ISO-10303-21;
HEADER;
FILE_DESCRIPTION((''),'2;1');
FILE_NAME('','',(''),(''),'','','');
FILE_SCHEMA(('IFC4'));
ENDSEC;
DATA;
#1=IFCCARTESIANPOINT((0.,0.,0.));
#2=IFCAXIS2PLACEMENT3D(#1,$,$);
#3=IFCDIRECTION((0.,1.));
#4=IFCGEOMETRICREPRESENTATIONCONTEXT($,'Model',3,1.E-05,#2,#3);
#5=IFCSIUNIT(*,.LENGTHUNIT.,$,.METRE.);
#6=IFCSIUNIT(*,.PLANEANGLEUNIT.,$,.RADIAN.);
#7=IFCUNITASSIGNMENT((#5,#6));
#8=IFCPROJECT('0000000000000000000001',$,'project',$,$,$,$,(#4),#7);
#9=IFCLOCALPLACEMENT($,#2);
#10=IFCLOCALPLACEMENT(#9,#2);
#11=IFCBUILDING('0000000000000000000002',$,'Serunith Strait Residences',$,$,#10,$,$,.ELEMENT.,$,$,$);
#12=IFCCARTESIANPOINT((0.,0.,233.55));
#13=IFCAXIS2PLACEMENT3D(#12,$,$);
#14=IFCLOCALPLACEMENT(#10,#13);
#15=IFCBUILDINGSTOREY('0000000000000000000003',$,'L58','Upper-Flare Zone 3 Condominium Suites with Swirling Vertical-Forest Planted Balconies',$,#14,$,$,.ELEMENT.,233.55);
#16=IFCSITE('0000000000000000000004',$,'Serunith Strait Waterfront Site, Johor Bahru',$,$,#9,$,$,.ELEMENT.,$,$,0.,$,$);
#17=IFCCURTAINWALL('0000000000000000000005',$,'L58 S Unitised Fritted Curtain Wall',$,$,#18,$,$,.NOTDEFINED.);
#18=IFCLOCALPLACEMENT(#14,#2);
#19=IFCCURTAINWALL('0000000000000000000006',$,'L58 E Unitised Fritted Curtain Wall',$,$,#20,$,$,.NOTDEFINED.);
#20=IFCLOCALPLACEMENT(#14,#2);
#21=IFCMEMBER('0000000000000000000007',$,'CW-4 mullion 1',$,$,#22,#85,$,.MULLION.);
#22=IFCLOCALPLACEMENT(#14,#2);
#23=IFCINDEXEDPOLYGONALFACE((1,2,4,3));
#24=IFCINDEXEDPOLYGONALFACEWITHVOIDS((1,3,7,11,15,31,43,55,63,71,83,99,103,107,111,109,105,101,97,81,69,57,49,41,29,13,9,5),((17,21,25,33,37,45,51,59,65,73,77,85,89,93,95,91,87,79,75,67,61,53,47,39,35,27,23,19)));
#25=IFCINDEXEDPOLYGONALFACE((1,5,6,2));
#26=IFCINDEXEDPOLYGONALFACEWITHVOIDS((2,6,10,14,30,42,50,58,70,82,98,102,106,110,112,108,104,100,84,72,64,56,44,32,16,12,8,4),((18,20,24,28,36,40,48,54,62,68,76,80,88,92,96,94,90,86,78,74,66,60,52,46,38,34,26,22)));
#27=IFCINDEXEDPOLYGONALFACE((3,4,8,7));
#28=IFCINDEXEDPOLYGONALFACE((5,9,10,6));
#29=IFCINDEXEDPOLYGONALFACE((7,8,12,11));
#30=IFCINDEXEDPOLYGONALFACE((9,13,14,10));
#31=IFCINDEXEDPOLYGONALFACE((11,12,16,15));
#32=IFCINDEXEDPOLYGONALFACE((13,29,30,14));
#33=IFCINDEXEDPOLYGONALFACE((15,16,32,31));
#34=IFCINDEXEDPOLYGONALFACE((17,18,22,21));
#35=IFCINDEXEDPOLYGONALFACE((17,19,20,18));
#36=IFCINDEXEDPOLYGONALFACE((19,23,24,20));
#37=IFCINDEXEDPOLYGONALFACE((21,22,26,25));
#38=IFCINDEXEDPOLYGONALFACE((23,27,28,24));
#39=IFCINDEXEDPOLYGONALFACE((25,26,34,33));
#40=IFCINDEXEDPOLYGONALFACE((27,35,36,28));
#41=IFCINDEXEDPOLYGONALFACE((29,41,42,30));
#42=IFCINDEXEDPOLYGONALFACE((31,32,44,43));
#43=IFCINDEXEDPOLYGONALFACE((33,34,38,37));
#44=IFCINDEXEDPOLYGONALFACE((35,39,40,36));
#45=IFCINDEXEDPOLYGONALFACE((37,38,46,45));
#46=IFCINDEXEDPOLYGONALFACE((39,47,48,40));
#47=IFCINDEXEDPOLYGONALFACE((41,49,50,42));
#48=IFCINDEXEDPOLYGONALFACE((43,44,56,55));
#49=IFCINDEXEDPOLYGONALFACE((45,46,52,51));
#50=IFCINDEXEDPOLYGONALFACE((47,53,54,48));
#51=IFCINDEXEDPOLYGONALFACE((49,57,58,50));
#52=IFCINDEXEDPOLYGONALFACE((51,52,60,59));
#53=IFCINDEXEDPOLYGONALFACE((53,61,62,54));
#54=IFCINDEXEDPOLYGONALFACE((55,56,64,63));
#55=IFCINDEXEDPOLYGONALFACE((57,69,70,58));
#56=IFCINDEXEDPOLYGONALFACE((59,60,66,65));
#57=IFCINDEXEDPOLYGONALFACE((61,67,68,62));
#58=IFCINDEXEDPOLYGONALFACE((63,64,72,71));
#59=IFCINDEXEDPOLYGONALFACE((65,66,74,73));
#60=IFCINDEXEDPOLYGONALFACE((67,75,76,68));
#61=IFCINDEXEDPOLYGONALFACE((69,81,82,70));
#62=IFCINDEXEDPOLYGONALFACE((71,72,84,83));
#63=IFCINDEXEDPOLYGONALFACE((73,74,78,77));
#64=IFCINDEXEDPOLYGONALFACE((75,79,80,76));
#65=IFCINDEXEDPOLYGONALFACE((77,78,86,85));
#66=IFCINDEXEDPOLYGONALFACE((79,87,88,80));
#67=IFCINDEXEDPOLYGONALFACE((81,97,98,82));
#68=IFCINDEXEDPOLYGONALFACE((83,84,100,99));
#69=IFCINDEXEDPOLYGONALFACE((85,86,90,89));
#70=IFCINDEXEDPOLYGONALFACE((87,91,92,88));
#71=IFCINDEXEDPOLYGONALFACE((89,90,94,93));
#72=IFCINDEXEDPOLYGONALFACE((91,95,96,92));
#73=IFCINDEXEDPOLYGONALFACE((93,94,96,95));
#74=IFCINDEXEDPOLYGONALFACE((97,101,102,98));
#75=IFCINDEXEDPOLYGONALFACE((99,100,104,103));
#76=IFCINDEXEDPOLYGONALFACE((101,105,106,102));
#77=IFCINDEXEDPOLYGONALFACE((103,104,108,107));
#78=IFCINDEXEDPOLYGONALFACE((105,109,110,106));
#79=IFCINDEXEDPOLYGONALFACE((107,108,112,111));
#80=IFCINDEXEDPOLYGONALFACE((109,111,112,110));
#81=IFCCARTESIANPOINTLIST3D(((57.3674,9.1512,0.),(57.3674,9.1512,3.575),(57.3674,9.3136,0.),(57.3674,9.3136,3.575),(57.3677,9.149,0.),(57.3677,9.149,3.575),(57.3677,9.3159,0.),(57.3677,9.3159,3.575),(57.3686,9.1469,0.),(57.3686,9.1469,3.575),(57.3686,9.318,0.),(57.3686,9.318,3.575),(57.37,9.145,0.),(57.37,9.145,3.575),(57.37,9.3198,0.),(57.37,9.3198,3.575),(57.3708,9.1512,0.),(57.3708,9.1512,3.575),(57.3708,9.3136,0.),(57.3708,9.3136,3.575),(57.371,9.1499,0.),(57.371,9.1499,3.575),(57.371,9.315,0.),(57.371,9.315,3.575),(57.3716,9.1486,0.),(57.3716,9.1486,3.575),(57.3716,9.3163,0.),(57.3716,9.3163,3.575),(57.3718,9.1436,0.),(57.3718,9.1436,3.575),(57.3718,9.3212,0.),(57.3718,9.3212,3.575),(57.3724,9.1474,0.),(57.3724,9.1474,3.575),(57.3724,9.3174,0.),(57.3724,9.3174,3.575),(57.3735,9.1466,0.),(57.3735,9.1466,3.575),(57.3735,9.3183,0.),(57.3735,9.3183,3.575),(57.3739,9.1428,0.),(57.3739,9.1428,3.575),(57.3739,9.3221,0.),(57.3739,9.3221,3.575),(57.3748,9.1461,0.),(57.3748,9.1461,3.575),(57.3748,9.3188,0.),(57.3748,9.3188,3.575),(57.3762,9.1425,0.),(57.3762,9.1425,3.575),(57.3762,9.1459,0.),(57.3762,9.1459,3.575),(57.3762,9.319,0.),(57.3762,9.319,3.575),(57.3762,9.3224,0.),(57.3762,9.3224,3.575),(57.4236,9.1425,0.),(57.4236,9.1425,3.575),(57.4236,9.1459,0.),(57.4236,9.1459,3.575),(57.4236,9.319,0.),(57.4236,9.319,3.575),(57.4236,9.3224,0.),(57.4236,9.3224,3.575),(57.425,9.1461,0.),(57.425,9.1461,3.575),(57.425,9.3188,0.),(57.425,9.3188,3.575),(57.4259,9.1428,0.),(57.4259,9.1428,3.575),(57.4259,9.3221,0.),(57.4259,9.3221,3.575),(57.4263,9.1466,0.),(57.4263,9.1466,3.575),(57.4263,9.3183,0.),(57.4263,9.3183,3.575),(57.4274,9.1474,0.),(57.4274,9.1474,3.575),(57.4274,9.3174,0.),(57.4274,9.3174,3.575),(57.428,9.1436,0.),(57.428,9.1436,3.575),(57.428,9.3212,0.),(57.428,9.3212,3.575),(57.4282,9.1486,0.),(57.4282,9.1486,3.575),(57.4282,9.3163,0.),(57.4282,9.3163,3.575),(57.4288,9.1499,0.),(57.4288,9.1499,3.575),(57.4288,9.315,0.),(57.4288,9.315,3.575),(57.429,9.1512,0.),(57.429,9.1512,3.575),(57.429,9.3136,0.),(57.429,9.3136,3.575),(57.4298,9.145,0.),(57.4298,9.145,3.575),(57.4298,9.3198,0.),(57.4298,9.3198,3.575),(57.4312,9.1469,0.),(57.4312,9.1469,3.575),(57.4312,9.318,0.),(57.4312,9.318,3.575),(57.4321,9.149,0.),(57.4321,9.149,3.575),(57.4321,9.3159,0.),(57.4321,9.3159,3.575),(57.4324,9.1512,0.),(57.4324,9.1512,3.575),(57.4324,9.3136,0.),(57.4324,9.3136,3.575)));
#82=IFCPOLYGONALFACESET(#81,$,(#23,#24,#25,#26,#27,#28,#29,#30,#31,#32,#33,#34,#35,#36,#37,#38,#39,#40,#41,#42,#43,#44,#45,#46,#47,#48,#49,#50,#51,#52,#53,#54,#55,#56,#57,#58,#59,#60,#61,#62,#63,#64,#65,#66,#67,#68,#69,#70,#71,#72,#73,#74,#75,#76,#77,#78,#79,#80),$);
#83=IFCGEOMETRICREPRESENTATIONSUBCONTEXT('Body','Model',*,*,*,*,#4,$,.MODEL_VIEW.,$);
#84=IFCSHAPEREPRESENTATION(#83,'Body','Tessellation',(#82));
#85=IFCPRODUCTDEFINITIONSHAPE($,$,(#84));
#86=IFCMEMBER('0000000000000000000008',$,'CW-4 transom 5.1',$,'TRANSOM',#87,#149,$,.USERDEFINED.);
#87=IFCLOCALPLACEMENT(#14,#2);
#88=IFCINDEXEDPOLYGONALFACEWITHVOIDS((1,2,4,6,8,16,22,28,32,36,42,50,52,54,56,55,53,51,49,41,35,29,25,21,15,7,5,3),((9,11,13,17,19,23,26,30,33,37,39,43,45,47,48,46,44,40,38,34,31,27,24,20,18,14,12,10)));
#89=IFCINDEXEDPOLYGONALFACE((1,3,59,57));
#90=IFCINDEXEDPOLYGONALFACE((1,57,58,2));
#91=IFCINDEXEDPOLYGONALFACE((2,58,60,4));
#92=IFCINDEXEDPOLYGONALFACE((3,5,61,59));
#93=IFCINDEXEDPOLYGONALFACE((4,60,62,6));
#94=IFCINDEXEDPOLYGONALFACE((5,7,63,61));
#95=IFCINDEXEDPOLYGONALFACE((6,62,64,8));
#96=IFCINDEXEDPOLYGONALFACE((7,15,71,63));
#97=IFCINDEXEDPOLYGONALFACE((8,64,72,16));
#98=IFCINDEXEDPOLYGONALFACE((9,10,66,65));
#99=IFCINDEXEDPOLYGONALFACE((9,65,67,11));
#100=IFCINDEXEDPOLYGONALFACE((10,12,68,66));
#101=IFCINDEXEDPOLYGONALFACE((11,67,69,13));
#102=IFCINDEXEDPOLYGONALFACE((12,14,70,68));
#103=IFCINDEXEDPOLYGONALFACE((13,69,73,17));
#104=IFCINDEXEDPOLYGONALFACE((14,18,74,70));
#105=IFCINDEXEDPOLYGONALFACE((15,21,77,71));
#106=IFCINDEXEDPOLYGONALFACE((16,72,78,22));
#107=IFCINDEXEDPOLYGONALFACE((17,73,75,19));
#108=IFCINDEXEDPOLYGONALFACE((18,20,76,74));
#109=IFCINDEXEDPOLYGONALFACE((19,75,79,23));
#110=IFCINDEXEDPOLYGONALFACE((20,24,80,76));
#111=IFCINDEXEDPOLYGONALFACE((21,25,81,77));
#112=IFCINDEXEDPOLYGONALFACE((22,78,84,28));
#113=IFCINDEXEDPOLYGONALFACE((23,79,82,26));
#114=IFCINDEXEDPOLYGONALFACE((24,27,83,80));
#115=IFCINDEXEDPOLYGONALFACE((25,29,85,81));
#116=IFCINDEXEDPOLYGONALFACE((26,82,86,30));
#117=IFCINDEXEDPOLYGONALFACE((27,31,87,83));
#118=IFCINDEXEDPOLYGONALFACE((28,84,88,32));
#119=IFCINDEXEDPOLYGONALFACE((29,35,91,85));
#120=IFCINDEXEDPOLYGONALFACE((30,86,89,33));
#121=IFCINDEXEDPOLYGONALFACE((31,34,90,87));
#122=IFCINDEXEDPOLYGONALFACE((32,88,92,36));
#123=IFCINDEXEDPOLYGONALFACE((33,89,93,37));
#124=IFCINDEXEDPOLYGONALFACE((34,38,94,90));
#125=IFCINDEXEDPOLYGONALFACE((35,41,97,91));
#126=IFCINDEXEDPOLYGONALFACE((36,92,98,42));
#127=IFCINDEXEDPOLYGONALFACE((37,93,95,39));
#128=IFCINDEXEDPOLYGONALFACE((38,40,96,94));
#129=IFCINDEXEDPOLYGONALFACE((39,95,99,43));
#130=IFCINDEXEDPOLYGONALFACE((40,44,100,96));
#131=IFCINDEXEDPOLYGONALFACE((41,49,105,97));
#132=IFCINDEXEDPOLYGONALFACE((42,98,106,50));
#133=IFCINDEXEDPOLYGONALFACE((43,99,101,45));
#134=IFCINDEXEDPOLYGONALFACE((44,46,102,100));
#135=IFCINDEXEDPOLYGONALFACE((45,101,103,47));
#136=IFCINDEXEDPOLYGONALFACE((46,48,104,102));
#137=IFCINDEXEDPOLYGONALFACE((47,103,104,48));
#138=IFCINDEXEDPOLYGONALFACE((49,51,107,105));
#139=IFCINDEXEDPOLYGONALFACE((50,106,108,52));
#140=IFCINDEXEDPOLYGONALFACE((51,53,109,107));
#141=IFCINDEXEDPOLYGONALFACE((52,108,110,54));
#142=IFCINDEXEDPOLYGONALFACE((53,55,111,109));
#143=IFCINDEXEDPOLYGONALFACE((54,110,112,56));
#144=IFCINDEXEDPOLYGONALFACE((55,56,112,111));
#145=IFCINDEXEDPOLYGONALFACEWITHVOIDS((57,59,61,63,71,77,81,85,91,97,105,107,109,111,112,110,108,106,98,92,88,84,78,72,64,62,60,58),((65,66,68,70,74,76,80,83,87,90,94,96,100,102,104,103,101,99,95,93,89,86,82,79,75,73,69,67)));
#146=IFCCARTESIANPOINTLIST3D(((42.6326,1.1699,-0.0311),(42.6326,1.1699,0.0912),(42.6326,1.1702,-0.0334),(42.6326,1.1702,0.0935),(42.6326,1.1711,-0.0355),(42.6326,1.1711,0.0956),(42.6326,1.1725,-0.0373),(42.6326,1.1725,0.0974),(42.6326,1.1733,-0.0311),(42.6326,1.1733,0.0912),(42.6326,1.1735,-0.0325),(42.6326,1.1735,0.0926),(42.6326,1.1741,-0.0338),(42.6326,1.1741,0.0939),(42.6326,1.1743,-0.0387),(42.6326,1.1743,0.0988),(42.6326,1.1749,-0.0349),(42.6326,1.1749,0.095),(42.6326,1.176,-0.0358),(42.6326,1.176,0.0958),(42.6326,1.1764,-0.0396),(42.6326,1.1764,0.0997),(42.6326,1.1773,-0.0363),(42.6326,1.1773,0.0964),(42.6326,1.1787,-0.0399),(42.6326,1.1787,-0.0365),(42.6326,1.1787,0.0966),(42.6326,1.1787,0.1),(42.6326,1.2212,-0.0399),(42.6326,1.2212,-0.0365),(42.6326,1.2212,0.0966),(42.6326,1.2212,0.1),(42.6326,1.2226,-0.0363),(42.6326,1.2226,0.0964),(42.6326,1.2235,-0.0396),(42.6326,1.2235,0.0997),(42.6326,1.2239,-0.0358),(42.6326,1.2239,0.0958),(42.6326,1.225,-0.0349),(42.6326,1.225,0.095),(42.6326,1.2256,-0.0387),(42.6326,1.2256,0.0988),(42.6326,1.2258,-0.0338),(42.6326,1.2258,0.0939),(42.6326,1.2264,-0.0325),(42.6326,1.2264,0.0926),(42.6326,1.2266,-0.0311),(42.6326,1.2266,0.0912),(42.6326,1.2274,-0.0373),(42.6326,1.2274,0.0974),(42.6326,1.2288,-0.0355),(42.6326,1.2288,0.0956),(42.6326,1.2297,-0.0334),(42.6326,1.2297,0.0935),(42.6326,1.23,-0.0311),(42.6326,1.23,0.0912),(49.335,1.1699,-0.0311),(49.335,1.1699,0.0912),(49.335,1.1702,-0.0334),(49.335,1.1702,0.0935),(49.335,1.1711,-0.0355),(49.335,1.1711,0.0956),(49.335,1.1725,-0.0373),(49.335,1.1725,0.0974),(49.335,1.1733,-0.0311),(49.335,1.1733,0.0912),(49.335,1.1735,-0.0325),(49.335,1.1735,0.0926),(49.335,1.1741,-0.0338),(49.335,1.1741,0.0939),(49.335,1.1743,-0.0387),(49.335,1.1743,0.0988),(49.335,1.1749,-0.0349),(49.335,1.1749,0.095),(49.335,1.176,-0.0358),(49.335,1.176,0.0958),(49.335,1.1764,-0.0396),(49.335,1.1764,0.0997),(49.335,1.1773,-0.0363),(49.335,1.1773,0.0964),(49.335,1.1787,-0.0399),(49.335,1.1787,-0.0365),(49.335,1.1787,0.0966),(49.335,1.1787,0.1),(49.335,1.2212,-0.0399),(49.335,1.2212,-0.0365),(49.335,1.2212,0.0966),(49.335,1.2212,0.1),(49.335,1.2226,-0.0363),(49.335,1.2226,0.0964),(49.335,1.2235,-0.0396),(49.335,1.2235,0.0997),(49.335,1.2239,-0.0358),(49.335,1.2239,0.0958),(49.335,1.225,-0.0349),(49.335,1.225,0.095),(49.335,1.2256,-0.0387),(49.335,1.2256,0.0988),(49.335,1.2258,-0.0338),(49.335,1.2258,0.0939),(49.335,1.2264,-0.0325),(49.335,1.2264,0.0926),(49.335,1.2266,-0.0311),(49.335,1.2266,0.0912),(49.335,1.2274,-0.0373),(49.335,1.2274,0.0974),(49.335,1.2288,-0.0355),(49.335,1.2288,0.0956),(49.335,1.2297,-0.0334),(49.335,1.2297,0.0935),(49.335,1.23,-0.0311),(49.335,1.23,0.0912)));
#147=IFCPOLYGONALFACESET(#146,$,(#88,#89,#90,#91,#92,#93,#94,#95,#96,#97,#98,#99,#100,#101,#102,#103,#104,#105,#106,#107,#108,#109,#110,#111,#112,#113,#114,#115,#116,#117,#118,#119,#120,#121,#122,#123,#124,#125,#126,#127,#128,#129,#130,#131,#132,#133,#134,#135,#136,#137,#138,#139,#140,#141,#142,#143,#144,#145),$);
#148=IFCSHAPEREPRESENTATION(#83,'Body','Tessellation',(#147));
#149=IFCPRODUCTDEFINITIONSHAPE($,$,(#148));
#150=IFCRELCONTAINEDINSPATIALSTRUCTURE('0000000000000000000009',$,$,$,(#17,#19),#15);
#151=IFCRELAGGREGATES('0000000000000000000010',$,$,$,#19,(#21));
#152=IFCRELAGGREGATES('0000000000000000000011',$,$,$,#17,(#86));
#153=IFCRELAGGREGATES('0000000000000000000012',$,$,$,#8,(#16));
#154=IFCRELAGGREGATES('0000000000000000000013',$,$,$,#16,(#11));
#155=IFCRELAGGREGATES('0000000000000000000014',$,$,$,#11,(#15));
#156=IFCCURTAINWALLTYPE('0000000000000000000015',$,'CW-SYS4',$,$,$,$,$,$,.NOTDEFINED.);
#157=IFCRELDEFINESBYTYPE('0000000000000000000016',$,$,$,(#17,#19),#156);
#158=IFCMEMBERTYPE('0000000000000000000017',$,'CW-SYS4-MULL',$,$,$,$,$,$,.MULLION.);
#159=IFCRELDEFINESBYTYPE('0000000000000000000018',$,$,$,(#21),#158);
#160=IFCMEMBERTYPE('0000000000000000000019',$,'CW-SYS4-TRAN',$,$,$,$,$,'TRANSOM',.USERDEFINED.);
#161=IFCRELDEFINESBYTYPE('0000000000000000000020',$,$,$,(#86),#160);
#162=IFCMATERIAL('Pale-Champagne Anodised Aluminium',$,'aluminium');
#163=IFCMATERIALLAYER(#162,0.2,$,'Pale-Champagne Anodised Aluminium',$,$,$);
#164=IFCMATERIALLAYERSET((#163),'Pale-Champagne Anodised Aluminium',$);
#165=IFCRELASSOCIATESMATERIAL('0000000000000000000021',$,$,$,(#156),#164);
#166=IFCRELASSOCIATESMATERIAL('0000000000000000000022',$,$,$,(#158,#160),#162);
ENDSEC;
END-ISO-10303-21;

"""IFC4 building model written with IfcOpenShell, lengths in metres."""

from ifc_helpers import new_model, si_unit, direction, frame, origin, origin_2d, place, context, subcontext, project, spatial, hollow_rectangle, extrude, source, transform, mapped, material, layer, layer_set, material_profile, profile_set, type_object, element, aggregate, save


model = new_model("IFC4")

# Units and contexts
model_context = context("Model", 3, precision=1e-05, world=origin(), true_north=direction((0.0, 1.0)))
body_context = subcontext(model_context, "Body", "Model", "MODEL_VIEW")
ifc_project = project(units=[si_unit("LENGTHUNIT", "METRE"), si_unit("PLANEANGLEUNIT", "RADIAN")], contexts=[model_context])

# Site, building, storey
site_placement = place(None, origin())
site = spatial("IfcSite", under=ifc_project, at=site_placement, Name="Serunith Strait Waterfront Site, Johor Bahru", CompositionType="ELEMENT", RefElevation=0.0)
building_placement = place(site_placement, origin())
building = spatial("IfcBuilding", under=site, at=building_placement, Name="Serunith Strait Residences", CompositionType="ELEMENT")
storey_placement = place(building_placement, frame((0.0, 0.0, 233.55)))
storey = spatial("IfcBuildingStorey", under=building, at=storey_placement, Name="L58", Description="Upper-Flare Zone 3 Condominium Suites with Swirling Vertical-Forest Planted Balconies", CompositionType="ELEMENT", Elevation=233.55)

# Curtain wall
ifc_material_1 = material(Name="Pale-Champagne Anodised Aluminium", Category="aluminium")
ifc_layer_1 = layer(ifc_material_1, 0.2, Name="Pale-Champagne Anodised Aluminium")
ifc_layer_set_1 = layer_set([ifc_layer_1], Name="Pale-Champagne Anodised Aluminium")
curtain_wall_type = type_object("IfcCurtainWallType", Name="CW-SYS4", PredefinedType="NOTDEFINED", material=ifc_layer_set_1)
curtain_wall_1_placement = place(storey_placement, origin())
curtain_wall_1 = element("IfcCurtainWall", 1, at=curtain_wall_1_placement, inside=storey, type_object=curtain_wall_type, Name="L58 S Unitised Fritted Curtain Wall", PredefinedType="NOTDEFINED")
ifc_material_profile_1 = material_profile(ifc_material_1, hollow_rectangle(XDim=0.0649, YDim=0.1799, WallThickness=0.0034, InnerFilletRadius=0.0054, OuterFilletRadius=0.0088, at=origin_2d()), Name="ALU 180x65x3.5")
ifc_profile_set_1 = profile_set([ifc_material_profile_1], Name="Pale-Champagne Anodised Aluminium")
member_type_1 = type_object("IfcMemberType", Name="CW-SYS4-MULL", PredefinedType="MULLION", material=ifc_profile_set_1)
shared_shape_1 = source(origin(), body_context, "Body", "SweptSolid", [
    extrude(hollow_rectangle(XDim=0.0649, YDim=0.1799, WallThickness=0.0034, InnerFilletRadius=0.0054, OuterFilletRadius=0.0088, at=origin_2d()), origin(), (0.0, 0.0, 1.0), 3.575),
])

# Curtain wall, member
curtain_wall_2_placement = place(storey_placement, origin())
curtain_wall_2 = element("IfcCurtainWall", 2, at=curtain_wall_2_placement, inside=storey, type_object=curtain_wall_type, Name="L58 E Unitised Fritted Curtain Wall", PredefinedType="NOTDEFINED")
member_1_placement = place(storey_placement, frame((57.3999, 9.2324, 0.0), z_axis=(0.0, 0.0, 1.0), x_axis=(-1.0, 0.0, 0.0)))
member_1 = element("IfcMember", 3, at=member_1_placement, type_object=member_type_1, Name="CW-4 mullion 1", PredefinedType="MULLION", context=body_context, shape_type="MappedRepresentation", body=[
    mapped(shared_shape_1, transform((0.0, 0.0, 0.0), scale=1.0)),
])

# Member
ifc_material_profile_2 = material_profile(ifc_material_1, hollow_rectangle(XDim=0.0601, YDim=0.1399, WallThickness=0.0034, InnerFilletRadius=0.0054, OuterFilletRadius=0.0088, at=origin_2d()), Name="ALU 140x60x3.5")
ifc_profile_set_2 = profile_set([ifc_material_profile_2], Name="Pale-Champagne Anodised Aluminium")
member_type_2 = type_object("IfcMemberType", Name="CW-SYS4-TRAN", ElementType="TRANSOM", PredefinedType="USERDEFINED", material=ifc_profile_set_2)
shared_shape_2 = source(origin(), body_context, "Body", "SweptSolid", [
    extrude(hollow_rectangle(XDim=0.0601, YDim=0.1399, WallThickness=0.0034, InnerFilletRadius=0.0054, OuterFilletRadius=0.0088, at=origin_2d()), origin(), (0.0, 0.0, 1.0), 6.7024),
])
member_2_placement = place(storey_placement, frame((42.6326, 1.2, 0.03), z_axis=(1.0, 0.0, 0.0), x_axis=(0.0, 1.0, 0.0)))
member_2 = element("IfcMember", 4, at=member_2_placement, type_object=member_type_2, Name="CW-4 transom 5.1", ObjectType="TRANSOM", PredefinedType="USERDEFINED", context=body_context, shape_type="MappedRepresentation", body=[
    mapped(shared_shape_2, transform((0.0, 0.0, 0.0), scale=1.0)),
])
aggregate(curtain_wall_2, [member_1])

aggregate(curtain_wall_1, [member_2])

save(model, "model.ifc")
